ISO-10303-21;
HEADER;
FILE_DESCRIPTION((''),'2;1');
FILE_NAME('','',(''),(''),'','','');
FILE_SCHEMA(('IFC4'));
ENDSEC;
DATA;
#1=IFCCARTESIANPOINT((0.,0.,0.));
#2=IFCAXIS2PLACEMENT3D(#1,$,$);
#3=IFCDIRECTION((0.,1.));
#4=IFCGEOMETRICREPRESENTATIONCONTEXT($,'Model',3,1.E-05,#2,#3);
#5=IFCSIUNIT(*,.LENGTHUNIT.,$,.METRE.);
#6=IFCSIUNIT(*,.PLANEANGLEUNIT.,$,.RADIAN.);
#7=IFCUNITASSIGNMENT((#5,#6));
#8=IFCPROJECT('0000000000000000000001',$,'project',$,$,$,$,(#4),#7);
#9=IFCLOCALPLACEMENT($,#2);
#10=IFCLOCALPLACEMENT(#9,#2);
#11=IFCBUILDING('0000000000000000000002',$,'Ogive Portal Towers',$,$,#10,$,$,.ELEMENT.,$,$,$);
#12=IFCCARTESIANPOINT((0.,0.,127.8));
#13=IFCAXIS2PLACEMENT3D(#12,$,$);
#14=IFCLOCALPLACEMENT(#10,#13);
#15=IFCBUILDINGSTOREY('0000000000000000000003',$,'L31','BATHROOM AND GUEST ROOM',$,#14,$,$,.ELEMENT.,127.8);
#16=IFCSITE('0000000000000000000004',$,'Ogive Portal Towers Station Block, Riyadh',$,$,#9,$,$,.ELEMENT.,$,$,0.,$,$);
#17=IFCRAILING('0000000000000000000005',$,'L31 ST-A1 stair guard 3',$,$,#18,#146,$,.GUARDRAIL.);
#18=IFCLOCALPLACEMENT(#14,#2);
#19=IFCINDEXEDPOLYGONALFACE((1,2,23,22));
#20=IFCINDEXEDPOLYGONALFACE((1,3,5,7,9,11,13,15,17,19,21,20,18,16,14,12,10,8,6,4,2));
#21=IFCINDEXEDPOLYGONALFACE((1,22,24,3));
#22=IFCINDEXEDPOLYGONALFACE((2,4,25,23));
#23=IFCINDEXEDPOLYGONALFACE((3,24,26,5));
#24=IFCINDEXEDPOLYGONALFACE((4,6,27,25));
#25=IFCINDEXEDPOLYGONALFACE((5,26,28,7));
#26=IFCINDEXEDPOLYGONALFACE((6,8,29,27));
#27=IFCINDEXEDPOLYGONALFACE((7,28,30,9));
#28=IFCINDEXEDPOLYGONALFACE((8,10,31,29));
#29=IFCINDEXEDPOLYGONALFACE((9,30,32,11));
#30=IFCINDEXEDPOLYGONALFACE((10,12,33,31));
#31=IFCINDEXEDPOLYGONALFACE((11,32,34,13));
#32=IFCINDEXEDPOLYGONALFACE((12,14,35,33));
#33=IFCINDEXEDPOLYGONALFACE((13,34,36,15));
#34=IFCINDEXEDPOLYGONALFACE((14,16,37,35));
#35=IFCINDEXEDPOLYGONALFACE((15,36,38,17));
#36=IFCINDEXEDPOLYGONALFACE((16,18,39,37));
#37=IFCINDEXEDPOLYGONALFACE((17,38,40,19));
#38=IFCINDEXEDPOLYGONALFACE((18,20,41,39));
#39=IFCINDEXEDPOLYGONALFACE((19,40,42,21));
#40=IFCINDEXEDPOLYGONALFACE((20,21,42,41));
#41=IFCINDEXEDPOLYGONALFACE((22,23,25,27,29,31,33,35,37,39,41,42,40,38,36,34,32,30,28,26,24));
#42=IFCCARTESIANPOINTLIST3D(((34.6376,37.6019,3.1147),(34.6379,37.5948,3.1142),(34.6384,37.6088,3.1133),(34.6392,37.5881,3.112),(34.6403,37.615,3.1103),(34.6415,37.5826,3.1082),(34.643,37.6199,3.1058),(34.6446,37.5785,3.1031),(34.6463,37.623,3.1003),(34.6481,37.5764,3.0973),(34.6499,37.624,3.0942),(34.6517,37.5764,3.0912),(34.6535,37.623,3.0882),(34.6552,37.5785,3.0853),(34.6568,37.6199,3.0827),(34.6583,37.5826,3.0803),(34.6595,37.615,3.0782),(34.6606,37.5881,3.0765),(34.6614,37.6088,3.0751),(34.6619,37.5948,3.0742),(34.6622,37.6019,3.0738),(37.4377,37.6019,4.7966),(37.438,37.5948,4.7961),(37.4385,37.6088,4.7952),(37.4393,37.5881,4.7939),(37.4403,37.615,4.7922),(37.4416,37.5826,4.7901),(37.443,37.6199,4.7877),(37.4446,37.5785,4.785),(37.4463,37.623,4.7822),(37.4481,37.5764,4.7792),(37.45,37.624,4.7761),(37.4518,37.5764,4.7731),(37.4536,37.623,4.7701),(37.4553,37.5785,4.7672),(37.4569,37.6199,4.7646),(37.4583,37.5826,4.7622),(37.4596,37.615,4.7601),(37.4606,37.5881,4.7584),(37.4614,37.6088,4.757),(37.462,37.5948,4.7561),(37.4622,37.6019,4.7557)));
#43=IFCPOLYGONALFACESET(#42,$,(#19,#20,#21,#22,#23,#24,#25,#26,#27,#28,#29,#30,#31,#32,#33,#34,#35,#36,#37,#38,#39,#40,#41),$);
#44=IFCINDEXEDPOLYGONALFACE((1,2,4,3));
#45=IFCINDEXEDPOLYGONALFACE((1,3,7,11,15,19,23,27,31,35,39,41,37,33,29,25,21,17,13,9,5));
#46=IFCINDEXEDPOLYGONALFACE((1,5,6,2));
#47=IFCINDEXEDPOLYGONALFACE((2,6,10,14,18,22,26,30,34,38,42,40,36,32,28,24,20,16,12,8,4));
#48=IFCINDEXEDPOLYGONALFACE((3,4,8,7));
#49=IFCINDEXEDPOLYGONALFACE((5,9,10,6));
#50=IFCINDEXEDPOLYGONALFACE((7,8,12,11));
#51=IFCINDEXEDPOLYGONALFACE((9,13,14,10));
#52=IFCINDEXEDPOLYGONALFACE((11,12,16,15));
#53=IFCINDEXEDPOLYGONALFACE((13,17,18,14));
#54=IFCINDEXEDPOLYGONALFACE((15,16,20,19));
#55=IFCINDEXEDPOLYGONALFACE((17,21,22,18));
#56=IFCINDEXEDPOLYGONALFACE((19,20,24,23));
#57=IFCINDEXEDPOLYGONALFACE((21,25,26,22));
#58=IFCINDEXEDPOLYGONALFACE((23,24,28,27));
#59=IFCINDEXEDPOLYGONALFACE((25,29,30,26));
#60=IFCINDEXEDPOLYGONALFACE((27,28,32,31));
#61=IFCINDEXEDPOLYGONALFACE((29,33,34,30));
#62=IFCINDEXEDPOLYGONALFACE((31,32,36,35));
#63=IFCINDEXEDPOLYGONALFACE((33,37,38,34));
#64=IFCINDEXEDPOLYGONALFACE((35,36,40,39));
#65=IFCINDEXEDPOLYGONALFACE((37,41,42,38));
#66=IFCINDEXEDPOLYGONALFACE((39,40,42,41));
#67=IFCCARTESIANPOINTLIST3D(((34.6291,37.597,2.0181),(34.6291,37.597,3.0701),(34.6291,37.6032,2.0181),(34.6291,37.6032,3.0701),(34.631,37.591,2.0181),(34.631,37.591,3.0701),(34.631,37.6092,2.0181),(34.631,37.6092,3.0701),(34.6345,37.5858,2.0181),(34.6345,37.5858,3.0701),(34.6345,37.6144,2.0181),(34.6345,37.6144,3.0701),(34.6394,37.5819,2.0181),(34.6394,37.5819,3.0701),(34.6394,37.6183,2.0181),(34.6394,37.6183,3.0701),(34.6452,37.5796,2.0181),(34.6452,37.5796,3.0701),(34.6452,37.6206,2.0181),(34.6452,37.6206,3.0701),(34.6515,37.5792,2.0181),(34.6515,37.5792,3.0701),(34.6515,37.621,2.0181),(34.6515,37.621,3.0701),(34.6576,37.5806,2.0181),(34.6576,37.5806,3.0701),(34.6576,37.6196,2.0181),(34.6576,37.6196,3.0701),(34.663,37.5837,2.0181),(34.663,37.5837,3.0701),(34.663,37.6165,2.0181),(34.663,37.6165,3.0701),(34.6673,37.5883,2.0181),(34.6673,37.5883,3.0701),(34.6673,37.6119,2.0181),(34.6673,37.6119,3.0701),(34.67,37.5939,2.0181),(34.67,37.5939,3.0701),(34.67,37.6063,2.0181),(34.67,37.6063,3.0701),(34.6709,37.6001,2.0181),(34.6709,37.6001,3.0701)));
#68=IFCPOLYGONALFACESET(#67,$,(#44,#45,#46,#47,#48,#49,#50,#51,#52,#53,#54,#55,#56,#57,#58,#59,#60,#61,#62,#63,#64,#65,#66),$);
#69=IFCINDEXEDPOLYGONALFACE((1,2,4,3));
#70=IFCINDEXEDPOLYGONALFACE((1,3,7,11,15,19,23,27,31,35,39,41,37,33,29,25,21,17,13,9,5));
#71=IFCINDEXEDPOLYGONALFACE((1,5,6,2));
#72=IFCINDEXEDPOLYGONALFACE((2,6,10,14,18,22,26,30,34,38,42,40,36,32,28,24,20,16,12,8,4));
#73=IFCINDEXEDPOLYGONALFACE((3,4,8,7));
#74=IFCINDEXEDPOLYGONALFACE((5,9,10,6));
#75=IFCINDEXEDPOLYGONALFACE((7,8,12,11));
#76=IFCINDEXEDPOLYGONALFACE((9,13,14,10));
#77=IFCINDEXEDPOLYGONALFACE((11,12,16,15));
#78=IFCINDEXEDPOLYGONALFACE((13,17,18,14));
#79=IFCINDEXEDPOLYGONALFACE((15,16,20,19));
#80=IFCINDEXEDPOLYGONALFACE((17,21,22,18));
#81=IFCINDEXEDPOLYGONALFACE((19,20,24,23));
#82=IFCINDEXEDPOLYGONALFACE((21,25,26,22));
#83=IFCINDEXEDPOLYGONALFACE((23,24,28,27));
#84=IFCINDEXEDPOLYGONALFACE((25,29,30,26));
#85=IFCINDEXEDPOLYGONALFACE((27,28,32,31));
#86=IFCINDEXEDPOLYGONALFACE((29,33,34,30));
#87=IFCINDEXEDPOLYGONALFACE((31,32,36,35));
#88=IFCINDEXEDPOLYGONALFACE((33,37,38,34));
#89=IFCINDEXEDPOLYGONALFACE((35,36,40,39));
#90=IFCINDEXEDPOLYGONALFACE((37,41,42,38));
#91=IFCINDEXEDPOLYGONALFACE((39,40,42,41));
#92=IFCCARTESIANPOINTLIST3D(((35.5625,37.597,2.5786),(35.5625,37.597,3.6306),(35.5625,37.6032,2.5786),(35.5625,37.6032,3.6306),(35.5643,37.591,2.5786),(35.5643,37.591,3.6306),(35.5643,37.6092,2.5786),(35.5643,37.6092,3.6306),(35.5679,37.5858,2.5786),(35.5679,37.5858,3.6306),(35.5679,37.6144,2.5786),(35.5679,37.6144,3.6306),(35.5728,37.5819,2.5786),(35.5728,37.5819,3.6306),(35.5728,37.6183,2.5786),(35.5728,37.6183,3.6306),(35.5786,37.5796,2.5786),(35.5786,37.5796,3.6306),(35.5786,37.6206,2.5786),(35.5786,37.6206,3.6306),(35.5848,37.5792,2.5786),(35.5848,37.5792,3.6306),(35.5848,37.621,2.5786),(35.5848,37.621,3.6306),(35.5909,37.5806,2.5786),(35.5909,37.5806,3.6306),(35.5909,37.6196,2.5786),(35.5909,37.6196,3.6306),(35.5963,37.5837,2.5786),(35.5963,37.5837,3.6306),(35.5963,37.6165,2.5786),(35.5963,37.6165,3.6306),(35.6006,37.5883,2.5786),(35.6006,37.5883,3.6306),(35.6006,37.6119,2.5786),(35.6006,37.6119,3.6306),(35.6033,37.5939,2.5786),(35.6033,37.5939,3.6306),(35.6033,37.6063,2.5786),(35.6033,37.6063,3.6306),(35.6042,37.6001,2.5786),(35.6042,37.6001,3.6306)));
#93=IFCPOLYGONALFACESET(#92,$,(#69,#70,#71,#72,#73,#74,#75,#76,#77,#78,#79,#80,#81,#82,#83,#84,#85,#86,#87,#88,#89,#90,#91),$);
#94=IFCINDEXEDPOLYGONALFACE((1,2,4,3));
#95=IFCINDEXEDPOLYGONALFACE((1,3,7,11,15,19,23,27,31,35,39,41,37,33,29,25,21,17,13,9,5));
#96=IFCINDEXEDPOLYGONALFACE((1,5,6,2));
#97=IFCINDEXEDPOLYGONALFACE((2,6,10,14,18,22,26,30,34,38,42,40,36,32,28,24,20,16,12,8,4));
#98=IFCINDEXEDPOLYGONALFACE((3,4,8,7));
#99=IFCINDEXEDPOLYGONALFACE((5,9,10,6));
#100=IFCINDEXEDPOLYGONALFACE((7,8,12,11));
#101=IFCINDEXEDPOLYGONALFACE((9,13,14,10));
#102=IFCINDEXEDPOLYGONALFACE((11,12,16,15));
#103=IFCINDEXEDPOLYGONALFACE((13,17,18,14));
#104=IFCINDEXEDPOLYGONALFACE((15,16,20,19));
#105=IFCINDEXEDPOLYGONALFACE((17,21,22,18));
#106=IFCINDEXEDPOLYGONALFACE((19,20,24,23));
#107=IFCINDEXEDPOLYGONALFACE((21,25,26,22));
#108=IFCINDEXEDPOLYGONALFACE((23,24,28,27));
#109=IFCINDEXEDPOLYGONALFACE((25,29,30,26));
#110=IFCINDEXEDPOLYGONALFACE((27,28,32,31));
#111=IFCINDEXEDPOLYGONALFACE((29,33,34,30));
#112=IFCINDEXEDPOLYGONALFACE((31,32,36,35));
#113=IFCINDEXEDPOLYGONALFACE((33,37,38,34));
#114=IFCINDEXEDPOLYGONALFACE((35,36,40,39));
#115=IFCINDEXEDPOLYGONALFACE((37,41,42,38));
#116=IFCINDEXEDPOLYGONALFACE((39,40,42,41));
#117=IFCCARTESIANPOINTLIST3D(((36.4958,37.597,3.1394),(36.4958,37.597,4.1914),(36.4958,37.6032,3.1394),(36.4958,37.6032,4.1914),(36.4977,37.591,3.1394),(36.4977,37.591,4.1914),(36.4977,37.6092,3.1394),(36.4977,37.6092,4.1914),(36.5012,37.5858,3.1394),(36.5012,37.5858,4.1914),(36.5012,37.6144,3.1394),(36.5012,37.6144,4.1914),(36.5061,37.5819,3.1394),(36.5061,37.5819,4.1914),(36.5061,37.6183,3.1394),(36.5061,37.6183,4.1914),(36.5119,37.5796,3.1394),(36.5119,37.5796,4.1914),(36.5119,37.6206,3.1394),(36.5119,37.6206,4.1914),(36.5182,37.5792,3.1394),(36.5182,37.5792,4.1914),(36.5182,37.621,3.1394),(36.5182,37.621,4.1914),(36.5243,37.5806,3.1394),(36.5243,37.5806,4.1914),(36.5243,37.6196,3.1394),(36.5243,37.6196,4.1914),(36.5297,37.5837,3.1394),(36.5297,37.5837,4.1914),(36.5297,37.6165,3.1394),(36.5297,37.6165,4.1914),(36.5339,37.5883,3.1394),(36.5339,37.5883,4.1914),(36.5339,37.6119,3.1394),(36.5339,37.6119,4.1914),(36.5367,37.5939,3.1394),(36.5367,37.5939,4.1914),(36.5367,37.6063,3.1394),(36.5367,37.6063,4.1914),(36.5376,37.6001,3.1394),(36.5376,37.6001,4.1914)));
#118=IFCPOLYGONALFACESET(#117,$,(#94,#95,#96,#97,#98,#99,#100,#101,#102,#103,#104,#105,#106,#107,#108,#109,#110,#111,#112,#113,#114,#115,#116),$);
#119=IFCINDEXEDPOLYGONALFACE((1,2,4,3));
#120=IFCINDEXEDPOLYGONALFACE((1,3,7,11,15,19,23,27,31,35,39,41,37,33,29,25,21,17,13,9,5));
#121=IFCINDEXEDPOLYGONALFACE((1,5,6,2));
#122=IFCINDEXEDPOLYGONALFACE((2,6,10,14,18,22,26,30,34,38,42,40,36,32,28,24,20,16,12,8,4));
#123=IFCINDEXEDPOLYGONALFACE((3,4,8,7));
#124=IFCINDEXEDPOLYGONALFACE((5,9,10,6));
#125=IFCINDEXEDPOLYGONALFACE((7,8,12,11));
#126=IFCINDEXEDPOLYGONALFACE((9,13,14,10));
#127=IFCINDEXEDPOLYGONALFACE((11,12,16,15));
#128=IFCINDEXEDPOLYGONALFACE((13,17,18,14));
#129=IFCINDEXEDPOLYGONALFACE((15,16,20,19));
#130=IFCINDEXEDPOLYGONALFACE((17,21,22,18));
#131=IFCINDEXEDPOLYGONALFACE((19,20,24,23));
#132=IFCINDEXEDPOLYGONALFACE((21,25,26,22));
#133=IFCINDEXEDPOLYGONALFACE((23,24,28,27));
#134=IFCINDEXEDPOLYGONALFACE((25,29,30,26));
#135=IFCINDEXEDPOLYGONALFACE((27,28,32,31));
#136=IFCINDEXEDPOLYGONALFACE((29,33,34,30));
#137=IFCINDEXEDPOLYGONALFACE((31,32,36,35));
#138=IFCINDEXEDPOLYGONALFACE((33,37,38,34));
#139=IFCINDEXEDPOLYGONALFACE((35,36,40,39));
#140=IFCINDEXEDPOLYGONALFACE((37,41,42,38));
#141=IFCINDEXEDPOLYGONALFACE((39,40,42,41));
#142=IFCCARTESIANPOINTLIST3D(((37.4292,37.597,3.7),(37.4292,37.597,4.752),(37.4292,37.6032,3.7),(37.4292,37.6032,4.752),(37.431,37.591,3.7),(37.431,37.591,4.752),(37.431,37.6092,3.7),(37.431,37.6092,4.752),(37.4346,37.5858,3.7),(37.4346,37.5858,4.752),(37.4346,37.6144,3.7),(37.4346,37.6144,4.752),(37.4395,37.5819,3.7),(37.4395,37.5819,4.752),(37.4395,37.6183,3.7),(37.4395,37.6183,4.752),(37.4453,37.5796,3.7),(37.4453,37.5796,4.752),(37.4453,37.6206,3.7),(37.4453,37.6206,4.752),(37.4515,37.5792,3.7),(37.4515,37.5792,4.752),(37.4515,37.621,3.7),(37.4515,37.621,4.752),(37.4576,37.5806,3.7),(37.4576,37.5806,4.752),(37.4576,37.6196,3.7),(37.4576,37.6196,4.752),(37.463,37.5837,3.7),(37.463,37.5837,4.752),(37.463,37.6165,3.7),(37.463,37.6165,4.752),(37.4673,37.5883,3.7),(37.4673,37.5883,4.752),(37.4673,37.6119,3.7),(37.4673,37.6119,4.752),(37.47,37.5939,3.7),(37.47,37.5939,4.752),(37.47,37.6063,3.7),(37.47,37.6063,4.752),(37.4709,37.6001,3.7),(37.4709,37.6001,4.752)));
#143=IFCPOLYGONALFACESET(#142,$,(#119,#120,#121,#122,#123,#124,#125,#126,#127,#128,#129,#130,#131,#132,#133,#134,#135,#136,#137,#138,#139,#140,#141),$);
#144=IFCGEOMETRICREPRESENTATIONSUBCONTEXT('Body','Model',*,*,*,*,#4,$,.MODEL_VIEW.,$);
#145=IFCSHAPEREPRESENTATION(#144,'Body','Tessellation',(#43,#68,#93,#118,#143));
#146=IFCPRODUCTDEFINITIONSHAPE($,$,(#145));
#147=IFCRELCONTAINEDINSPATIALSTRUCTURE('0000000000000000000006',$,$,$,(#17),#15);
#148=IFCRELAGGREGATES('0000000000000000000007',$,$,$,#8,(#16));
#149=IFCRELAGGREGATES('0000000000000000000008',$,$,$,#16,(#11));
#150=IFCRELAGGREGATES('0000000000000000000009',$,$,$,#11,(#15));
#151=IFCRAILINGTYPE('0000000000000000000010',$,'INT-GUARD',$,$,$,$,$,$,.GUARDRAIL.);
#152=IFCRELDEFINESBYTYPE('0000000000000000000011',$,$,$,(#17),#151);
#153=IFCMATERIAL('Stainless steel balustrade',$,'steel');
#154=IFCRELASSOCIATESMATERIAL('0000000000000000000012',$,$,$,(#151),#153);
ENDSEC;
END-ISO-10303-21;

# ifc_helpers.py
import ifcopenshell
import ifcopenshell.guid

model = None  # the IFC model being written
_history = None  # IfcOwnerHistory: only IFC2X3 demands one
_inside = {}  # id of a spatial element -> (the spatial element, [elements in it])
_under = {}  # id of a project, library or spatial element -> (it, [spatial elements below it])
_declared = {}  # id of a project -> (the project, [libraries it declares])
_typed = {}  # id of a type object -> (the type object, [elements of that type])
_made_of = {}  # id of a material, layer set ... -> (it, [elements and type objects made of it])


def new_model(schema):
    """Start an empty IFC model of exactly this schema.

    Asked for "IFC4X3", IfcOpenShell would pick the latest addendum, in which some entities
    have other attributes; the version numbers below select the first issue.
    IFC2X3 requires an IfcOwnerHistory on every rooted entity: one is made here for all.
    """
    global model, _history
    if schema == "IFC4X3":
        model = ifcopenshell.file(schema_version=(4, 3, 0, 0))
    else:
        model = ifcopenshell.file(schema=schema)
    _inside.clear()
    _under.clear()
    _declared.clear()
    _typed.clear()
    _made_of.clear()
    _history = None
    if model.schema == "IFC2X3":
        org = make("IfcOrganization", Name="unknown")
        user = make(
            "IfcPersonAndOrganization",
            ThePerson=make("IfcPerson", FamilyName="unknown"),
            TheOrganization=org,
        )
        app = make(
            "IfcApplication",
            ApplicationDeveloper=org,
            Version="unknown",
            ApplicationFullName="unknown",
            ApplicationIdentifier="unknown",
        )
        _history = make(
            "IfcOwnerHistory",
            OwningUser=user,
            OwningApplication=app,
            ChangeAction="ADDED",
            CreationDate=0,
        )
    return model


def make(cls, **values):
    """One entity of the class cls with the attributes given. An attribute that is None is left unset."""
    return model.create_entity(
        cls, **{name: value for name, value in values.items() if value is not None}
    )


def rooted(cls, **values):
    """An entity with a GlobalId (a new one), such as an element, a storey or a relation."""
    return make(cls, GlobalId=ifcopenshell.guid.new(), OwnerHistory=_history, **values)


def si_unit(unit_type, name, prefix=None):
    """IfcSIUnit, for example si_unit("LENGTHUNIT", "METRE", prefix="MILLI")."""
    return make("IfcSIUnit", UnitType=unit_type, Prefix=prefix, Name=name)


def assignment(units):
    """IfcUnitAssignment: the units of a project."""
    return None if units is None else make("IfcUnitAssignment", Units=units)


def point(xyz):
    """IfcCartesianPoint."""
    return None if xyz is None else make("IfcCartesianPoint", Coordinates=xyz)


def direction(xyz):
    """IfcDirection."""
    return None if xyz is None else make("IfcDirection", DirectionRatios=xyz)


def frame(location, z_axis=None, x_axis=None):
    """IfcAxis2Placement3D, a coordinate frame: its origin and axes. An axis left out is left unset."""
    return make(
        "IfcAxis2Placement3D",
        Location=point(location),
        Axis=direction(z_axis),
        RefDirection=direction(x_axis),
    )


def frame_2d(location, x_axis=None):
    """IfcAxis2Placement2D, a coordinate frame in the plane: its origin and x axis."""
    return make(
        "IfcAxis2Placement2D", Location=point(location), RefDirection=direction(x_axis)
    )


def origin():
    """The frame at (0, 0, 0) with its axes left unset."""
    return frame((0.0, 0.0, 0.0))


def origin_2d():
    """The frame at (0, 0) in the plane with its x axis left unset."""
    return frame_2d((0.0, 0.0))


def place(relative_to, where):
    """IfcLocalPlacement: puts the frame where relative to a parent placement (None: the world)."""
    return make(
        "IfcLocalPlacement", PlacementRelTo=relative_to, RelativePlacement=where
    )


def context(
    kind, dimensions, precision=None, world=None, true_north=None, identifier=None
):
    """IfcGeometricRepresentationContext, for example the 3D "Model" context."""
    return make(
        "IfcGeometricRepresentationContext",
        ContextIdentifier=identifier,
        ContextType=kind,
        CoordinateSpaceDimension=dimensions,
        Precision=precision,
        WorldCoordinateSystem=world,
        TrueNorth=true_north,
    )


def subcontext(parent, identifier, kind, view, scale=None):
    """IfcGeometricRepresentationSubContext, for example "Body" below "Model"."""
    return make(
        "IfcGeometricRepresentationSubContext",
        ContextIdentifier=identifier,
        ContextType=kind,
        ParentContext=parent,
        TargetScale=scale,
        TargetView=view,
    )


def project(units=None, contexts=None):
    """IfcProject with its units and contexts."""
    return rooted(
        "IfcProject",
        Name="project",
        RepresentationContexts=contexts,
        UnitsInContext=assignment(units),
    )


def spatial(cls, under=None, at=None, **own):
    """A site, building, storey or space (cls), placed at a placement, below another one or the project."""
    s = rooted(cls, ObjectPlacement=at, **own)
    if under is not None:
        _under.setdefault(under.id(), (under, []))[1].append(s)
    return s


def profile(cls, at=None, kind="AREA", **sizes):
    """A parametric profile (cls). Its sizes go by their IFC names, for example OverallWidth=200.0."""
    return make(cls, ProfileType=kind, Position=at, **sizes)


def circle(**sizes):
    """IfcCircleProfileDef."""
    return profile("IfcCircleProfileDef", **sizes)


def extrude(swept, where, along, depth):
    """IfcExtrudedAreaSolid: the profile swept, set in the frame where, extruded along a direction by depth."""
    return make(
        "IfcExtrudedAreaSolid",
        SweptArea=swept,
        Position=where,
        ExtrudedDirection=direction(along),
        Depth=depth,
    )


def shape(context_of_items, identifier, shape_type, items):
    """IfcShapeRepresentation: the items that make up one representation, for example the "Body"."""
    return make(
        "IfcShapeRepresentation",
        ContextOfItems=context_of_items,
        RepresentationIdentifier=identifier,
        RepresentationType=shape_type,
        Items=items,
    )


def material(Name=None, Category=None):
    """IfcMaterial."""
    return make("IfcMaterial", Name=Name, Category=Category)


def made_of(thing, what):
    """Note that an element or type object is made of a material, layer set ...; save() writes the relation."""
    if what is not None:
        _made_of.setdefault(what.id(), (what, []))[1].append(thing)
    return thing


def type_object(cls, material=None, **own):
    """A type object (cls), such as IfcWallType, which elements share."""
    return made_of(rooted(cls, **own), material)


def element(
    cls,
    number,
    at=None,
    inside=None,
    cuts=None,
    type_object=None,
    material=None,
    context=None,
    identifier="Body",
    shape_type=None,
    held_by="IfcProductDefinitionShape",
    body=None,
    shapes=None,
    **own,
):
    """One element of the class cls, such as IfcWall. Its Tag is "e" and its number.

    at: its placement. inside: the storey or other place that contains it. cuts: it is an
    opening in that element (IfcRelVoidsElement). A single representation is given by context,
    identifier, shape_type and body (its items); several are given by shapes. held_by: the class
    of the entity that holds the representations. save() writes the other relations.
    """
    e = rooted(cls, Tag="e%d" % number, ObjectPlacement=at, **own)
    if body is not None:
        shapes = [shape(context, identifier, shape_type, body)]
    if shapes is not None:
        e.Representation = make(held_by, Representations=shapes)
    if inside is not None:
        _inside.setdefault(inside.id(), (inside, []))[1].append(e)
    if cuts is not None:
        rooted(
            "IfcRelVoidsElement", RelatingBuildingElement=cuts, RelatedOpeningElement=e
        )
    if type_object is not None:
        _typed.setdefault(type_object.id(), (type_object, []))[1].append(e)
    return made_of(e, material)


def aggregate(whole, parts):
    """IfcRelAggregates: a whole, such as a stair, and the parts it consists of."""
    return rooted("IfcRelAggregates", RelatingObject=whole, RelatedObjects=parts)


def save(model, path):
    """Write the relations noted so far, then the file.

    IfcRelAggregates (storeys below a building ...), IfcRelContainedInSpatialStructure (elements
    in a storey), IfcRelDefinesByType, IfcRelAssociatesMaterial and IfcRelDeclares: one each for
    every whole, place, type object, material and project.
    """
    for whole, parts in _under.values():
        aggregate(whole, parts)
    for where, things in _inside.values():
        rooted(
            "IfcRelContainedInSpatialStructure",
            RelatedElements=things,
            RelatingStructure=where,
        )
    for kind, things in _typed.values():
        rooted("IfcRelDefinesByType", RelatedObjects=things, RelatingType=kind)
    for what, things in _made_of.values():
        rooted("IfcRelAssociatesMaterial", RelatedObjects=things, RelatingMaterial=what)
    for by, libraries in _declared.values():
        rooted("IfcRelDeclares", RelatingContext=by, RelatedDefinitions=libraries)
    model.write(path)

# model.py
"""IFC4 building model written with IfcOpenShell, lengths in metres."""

from ifc_helpers import new_model, si_unit, direction, frame, origin, origin_2d, place, context, subcontext, project, spatial, circle, extrude, material, type_object, element, save


model = new_model("IFC4")

# Units and contexts
model_context = context("Model", 3, precision=1e-05, world=origin(), true_north=direction((0.0, 1.0)))
body_context = subcontext(model_context, "Body", "Model", "MODEL_VIEW")
ifc_project = project(units=[si_unit("LENGTHUNIT", "METRE"), si_unit("PLANEANGLEUNIT", "RADIAN")], contexts=[model_context])

# Site, building, storey
site_placement = place(None, origin())
site = spatial("IfcSite", under=ifc_project, at=site_placement, Name="Ogive Portal Towers Station Block, Riyadh", CompositionType="ELEMENT", RefElevation=0.0)
building_placement = place(site_placement, origin())
building = spatial("IfcBuilding", under=site, at=building_placement, Name="Ogive Portal Towers", CompositionType="ELEMENT")
storey_placement = place(building_placement, frame((0.0, 0.0, 127.8)))
storey = spatial("IfcBuildingStorey", under=building, at=storey_placement, Name="L31", Description="BATHROOM AND GUEST ROOM", CompositionType="ELEMENT", Elevation=127.8)

# Railing
ifc_material_1 = material(Name="Stainless steel balustrade", Category="steel")
railing_type_1 = type_object("IfcRailingType", Name="INT-GUARD", PredefinedType="GUARDRAIL", material=ifc_material_1)
railing_1_placement = place(storey_placement, frame((34.6499, 37.6001, 2.0181)))
element("IfcRailing", 1, at=railing_1_placement, inside=storey, type_object=railing_type_1, Name="L31 ST-A1 stair guard 3", PredefinedType="GUARDRAIL", context=body_context, shape_type="SweptSolid", body=[
    extrude(circle(Radius=0.0239, at=origin_2d()), frame((0.0, 0.0, 1.0762), z_axis=(0.857242, 0.0, 0.514913), x_axis=(0.0, 1.0, 0.0)), (0.0, 0.0, 1.0), 3.2664),
    extrude(circle(Radius=0.021, at=origin_2d()), origin(), (0.0, 0.0, 1.0), 1.052),
    extrude(circle(Radius=0.021, at=origin_2d()), frame((0.9333, 0.0, 0.5605)), (0.0, 0.0, 1.0), 1.052),
    extrude(circle(Radius=0.021, at=origin_2d()), frame((1.8667, 0.0, 1.1213)), (0.0, 0.0, 1.0), 1.052),
    extrude(circle(Radius=0.021, at=origin_2d()), frame((2.8, 0.0, 1.6819)), (0.0, 0.0, 1.0), 1.052),
])

save(model, "model.ifc")
